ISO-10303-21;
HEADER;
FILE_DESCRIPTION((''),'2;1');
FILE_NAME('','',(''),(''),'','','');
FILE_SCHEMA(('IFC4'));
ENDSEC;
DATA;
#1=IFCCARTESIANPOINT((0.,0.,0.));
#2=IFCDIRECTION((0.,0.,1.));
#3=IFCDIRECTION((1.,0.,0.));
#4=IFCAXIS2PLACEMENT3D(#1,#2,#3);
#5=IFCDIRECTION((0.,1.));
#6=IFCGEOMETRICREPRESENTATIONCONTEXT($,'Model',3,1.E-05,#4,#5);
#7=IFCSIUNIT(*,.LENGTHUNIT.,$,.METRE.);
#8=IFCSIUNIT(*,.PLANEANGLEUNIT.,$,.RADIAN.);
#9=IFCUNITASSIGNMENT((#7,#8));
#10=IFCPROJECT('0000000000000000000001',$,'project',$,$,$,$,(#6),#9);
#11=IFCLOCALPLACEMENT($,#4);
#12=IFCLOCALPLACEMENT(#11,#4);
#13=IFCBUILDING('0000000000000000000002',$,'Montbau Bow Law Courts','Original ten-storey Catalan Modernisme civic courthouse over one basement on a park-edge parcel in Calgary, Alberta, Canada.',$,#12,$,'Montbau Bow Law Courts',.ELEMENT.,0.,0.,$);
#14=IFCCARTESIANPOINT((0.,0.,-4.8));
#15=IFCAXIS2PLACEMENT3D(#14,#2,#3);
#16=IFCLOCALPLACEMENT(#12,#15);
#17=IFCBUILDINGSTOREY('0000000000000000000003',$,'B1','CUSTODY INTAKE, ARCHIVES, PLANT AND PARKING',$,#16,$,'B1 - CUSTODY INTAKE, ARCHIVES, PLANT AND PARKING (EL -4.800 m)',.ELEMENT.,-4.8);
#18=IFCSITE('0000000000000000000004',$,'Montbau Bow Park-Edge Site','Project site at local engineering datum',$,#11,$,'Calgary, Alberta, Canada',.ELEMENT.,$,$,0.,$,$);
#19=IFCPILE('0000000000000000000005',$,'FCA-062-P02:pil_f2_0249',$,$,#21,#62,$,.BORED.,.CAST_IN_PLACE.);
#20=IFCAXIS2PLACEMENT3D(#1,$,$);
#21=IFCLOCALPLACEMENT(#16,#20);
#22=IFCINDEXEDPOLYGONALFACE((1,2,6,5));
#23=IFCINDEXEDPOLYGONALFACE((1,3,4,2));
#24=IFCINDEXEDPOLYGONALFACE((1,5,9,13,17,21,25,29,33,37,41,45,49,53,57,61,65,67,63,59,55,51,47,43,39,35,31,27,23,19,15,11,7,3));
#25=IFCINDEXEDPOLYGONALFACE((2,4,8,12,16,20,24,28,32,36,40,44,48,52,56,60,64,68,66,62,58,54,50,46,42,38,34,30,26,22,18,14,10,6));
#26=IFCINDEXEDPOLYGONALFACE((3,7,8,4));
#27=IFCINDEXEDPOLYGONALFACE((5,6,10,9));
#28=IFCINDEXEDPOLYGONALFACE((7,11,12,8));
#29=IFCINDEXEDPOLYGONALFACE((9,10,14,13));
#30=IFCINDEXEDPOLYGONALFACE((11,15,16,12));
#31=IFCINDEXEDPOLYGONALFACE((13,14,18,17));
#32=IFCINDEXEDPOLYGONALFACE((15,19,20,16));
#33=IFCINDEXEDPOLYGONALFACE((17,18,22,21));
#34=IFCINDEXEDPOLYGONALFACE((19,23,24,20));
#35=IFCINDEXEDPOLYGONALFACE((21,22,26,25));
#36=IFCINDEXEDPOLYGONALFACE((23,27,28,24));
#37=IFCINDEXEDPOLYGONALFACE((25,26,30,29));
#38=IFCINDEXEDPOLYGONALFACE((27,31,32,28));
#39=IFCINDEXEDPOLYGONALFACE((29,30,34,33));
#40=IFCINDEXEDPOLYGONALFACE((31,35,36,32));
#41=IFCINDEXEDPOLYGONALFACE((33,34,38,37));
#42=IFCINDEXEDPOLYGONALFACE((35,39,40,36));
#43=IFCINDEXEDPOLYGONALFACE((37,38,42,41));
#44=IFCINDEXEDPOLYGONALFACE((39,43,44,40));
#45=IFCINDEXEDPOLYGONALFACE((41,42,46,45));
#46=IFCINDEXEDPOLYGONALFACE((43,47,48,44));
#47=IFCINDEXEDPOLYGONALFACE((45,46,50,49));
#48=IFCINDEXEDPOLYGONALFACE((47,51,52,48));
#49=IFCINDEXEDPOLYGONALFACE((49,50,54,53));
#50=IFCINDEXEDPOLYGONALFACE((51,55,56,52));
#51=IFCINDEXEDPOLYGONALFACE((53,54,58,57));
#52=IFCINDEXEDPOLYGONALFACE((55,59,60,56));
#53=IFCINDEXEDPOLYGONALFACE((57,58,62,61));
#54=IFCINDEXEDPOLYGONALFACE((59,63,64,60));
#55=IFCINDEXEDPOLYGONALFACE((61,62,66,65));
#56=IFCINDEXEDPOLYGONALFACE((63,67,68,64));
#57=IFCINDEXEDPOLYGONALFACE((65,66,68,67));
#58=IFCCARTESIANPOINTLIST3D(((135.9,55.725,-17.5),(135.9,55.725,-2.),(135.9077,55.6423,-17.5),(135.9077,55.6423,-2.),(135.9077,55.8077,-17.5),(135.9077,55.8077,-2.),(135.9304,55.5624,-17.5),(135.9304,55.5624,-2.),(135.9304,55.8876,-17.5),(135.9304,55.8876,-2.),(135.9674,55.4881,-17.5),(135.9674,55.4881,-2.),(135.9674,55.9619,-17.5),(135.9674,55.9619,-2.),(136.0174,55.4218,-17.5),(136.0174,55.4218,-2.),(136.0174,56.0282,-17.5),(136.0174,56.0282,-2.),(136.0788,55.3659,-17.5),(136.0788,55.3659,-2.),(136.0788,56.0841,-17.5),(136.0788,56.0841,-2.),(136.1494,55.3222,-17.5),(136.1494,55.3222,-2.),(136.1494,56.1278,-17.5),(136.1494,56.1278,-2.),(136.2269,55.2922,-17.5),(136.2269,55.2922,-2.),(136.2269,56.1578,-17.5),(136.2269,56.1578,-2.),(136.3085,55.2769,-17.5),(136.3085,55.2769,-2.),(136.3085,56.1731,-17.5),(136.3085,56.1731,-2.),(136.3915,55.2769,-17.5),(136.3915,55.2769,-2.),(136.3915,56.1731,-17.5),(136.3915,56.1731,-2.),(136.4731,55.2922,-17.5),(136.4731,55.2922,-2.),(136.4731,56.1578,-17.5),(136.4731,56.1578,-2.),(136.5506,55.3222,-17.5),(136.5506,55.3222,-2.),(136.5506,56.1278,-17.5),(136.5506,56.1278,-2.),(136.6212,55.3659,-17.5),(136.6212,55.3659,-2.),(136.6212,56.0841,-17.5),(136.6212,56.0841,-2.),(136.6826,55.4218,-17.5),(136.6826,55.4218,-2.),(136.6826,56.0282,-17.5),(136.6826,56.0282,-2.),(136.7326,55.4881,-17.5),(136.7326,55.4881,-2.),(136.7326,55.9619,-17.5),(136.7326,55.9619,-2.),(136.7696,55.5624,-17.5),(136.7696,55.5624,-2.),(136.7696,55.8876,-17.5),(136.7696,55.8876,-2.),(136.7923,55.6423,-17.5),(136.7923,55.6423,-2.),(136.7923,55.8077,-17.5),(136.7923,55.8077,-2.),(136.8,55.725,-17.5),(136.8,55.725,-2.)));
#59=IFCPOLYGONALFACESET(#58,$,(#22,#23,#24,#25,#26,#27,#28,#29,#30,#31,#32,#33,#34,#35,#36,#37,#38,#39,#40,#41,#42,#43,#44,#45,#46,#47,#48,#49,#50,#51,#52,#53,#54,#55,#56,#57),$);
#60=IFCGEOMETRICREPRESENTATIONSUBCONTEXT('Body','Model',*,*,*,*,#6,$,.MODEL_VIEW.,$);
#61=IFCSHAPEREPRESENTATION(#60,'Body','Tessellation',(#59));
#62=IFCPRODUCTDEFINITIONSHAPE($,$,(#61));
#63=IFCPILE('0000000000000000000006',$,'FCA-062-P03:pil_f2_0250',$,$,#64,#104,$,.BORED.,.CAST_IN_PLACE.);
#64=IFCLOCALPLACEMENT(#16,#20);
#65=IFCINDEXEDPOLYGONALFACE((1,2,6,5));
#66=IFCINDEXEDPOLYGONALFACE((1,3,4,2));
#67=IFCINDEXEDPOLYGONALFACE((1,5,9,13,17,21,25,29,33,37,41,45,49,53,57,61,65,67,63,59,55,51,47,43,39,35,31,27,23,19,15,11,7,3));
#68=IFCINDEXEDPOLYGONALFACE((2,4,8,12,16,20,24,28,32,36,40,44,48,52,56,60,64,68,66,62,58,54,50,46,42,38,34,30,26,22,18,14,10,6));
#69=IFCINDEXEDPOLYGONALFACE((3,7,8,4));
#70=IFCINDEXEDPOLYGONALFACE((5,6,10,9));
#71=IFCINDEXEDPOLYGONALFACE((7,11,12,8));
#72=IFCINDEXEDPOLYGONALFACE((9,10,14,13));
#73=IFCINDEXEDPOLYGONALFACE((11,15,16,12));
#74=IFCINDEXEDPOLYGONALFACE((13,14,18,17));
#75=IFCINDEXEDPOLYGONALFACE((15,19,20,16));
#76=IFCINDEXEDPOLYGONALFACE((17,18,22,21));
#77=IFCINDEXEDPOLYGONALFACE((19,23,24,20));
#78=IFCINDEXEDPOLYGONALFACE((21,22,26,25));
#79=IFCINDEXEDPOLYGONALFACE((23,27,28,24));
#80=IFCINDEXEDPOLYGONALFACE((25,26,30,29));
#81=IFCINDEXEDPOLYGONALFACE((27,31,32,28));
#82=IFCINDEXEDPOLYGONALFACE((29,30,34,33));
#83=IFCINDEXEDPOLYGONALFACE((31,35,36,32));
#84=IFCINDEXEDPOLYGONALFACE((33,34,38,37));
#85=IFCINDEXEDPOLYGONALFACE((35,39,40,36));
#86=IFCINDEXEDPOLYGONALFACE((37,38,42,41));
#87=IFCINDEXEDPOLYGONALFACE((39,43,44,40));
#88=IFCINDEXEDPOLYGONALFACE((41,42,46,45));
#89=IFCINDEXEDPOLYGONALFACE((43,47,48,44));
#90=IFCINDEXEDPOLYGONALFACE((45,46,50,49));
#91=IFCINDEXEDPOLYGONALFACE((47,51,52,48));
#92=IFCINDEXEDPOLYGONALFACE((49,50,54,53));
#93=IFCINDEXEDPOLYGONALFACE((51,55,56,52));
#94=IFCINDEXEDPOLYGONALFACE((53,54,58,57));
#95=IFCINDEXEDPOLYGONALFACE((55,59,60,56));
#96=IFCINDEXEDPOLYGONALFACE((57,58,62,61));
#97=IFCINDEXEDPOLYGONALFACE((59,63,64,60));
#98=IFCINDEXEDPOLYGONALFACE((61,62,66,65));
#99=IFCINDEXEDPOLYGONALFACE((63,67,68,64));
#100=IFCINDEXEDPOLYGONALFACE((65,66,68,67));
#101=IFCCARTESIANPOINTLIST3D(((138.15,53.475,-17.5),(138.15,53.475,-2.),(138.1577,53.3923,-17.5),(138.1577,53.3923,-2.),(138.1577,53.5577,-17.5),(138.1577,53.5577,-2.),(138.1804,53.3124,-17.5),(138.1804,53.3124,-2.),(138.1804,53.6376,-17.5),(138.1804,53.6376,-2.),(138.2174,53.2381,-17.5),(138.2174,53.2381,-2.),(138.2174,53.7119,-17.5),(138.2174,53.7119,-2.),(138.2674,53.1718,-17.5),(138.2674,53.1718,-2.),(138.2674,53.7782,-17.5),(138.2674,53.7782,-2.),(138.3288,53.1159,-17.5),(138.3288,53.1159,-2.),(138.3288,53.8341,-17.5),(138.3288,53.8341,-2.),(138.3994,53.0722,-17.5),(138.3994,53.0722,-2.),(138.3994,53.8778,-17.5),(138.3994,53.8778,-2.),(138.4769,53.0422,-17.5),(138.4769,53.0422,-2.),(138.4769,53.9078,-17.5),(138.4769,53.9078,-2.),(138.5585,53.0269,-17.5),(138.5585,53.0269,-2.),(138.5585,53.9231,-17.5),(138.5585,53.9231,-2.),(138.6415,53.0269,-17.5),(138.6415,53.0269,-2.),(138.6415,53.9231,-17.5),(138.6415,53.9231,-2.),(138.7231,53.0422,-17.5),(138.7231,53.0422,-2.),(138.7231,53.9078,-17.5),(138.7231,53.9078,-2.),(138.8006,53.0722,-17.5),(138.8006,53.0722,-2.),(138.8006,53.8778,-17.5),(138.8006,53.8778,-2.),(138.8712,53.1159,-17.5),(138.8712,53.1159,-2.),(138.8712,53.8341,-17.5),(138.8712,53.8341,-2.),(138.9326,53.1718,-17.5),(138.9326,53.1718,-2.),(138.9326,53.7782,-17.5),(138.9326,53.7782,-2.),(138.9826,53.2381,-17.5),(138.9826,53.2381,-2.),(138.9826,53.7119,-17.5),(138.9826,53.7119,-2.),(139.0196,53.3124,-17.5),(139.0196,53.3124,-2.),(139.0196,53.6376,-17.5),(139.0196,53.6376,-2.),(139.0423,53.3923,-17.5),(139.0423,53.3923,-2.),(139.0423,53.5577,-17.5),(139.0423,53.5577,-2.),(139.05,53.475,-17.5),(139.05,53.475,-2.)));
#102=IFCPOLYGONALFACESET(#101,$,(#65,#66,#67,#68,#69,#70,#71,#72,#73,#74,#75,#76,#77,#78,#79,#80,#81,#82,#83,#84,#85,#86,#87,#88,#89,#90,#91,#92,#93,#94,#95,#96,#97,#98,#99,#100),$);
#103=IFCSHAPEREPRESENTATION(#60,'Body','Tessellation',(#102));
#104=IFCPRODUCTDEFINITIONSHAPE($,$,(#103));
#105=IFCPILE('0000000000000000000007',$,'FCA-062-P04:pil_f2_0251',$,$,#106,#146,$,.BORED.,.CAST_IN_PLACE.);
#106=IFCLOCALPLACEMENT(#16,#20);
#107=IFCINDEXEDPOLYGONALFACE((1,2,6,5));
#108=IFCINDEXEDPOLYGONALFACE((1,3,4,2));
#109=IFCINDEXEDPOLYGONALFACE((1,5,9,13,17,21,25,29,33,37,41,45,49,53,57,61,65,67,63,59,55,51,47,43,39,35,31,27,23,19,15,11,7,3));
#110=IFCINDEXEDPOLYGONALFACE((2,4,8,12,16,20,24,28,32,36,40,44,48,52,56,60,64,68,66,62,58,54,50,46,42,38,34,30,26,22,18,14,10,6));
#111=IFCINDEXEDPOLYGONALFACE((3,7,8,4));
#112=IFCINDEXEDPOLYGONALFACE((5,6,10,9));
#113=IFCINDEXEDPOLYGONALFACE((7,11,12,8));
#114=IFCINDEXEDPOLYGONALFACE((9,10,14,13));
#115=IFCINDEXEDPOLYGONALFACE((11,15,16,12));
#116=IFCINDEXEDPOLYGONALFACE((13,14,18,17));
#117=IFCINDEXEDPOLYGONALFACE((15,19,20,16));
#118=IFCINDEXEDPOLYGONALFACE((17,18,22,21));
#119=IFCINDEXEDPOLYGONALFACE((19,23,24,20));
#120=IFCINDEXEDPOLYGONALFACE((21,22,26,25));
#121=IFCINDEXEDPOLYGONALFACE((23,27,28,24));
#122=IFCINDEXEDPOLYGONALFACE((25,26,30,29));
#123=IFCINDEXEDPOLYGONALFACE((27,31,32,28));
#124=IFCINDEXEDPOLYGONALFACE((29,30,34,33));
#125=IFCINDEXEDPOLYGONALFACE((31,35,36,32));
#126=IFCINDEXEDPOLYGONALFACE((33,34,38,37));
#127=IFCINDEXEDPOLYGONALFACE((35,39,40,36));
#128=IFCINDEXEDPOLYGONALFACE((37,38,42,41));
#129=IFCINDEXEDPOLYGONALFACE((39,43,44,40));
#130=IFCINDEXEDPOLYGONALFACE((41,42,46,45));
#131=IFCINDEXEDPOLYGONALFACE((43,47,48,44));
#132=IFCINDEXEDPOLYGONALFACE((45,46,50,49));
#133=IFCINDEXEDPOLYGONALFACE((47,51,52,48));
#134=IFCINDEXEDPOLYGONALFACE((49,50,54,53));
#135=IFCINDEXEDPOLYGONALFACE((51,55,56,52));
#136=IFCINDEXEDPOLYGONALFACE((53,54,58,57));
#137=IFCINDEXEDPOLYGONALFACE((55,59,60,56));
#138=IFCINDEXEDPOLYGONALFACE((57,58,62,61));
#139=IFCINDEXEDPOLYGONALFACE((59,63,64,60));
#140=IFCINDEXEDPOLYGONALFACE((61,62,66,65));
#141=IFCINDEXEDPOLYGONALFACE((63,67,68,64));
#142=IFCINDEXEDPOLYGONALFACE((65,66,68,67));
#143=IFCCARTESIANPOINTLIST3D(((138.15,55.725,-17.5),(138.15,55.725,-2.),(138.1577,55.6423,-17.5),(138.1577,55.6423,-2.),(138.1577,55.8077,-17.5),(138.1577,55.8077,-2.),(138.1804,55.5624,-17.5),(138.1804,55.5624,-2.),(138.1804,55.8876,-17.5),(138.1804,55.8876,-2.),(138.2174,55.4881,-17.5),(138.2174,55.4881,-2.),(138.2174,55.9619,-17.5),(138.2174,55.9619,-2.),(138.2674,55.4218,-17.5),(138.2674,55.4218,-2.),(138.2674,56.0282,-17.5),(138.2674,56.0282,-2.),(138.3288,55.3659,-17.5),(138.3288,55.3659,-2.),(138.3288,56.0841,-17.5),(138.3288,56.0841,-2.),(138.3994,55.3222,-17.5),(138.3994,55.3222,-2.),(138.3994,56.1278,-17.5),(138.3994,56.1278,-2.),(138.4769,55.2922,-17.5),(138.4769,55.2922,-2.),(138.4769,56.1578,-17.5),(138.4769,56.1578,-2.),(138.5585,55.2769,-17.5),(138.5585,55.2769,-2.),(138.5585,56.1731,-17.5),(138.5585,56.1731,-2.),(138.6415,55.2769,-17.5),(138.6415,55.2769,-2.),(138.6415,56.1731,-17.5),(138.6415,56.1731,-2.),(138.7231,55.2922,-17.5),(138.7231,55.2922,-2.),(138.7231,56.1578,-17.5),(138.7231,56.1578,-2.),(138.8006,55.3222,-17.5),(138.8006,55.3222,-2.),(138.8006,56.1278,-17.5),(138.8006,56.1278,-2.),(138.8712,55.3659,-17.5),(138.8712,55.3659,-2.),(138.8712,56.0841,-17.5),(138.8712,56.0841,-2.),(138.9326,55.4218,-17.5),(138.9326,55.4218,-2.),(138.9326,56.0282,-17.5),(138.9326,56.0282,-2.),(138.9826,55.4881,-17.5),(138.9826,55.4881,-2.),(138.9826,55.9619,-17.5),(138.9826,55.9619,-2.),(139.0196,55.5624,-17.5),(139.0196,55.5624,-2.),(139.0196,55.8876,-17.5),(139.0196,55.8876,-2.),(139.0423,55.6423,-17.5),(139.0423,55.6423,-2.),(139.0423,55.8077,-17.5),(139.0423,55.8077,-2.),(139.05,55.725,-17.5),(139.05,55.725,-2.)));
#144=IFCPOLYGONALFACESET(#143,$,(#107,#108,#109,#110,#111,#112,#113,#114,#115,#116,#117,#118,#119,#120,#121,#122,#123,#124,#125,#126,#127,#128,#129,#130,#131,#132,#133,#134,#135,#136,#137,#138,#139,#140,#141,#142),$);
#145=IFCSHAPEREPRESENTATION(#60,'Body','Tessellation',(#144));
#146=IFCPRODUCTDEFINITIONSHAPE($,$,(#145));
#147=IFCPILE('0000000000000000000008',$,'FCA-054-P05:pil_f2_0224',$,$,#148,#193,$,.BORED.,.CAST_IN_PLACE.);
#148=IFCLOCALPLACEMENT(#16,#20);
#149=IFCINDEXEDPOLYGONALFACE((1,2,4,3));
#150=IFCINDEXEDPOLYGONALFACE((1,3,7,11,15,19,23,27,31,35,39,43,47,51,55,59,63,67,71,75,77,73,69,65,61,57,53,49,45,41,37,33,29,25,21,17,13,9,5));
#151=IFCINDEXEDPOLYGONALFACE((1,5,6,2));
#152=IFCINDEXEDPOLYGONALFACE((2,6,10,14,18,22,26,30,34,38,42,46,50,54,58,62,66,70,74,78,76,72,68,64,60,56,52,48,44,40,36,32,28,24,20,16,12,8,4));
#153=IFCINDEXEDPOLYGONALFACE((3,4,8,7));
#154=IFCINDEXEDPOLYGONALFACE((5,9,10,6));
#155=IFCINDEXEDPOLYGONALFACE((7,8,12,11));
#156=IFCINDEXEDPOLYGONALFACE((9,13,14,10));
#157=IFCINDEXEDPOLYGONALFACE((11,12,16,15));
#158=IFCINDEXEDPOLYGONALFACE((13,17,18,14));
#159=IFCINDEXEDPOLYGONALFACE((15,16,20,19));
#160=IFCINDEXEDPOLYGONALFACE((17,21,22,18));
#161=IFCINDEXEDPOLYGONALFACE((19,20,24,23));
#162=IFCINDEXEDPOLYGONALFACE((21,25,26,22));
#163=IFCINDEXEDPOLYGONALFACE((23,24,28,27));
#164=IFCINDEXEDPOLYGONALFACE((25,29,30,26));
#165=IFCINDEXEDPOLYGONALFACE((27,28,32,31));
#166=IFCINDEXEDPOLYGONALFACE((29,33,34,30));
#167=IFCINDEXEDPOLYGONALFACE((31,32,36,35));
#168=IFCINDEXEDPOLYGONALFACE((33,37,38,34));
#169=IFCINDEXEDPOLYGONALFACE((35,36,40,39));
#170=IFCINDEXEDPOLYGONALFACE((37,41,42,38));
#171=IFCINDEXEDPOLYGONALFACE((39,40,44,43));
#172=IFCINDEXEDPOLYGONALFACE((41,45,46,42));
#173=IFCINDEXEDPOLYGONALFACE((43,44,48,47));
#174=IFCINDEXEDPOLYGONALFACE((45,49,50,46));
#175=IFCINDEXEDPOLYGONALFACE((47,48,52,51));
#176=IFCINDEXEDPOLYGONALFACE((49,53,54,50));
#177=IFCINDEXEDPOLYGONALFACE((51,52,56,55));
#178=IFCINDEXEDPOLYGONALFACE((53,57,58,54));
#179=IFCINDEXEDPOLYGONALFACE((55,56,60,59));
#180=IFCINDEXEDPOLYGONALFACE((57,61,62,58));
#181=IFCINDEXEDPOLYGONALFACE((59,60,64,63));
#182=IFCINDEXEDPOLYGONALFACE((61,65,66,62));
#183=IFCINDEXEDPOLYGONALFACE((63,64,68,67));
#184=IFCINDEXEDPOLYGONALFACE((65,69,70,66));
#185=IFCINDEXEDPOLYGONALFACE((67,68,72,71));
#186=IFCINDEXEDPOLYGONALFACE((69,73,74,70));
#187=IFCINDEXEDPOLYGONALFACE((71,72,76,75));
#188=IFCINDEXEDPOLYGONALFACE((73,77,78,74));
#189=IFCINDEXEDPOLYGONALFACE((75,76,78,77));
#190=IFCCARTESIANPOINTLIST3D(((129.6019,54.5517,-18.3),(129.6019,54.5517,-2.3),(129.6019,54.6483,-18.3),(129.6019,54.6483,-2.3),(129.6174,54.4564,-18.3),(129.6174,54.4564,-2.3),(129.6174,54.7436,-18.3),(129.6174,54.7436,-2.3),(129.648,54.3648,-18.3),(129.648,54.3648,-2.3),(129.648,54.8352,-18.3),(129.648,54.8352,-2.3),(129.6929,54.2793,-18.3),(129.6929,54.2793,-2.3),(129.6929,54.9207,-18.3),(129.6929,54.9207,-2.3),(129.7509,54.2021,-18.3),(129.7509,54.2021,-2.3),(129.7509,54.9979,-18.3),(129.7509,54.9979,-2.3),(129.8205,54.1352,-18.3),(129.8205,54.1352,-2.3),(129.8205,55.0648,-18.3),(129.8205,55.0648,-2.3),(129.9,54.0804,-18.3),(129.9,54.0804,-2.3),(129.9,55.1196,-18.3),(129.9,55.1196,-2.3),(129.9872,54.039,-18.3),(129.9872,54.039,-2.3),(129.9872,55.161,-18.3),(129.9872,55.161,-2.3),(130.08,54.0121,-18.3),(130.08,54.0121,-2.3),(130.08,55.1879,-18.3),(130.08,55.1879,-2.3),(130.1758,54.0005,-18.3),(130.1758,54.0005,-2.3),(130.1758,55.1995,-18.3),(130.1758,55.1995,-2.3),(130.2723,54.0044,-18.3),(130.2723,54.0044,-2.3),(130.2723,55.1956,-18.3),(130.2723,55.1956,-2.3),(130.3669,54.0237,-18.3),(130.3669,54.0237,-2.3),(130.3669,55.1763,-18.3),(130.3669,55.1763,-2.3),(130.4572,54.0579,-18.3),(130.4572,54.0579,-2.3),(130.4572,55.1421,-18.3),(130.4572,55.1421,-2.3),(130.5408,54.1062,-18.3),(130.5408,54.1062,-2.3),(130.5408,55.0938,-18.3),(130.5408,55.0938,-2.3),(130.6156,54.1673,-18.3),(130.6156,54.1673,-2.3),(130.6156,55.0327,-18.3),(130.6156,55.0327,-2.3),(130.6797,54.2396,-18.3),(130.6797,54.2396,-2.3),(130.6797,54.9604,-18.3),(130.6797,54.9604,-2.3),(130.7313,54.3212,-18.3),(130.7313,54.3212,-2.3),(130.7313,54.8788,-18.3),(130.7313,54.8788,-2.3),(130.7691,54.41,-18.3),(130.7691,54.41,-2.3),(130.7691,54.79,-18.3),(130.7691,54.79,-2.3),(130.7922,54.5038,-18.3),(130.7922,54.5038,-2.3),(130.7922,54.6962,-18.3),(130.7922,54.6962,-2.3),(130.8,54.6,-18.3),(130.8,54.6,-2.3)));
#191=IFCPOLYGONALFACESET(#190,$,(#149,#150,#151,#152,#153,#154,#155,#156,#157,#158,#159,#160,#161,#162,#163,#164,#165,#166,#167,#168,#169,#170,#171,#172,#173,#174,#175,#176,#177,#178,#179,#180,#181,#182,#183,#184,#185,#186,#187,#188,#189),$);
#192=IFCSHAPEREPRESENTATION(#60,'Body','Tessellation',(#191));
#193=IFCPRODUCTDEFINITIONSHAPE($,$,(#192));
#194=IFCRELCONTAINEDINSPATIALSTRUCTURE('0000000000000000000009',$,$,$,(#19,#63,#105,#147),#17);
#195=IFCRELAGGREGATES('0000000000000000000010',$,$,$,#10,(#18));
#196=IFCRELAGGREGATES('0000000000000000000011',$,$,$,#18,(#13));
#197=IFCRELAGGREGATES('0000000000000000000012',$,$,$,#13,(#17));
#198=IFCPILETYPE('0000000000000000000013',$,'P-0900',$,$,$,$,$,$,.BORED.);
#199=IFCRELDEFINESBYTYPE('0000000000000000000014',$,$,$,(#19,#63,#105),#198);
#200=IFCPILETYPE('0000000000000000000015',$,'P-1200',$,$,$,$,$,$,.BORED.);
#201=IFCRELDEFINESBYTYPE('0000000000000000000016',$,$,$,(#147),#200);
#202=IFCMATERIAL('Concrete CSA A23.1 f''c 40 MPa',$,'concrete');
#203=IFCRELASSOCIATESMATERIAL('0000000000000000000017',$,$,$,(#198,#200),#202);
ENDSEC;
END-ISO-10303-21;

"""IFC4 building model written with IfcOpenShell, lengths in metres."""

from ifc_helpers import new_model, si_unit, direction, frame, origin_with_axes, origin_2d_with_axis, place, context, subcontext, project, spatial, circle, extrude, material, material_profile, profile_set, type_object, element, save


model = new_model("IFC4")

# Units and contexts
model_context = context("Model", 3, precision=1e-05, world=origin_with_axes(), true_north=direction((0.0, 1.0)))
body_context = subcontext(model_context, "Body", "Model", "MODEL_VIEW")
ifc_project = project(units=[si_unit("LENGTHUNIT", "METRE"), si_unit("PLANEANGLEUNIT", "RADIAN")], contexts=[model_context])

# Site, building, storey
site_placement = place(None, origin_with_axes())
site = spatial("IfcSite", under=ifc_project, at=site_placement, Name="Montbau Bow Park-Edge Site", Description="Project site at local engineering datum", LongName="Calgary, Alberta, Canada", CompositionType="ELEMENT", RefElevation=0.0)
building_placement = place(site_placement, origin_with_axes())
building = spatial("IfcBuilding", under=site, at=building_placement, Name="Montbau Bow Law Courts", Description="Original ten-storey Catalan Modernisme civic courthouse over one basement on a park-edge parcel in Calgary, Alberta, Canada.", LongName="Montbau Bow Law Courts", CompositionType="ELEMENT", ElevationOfRefHeight=0.0, ElevationOfTerrain=0.0)
storey_placement = place(building_placement, frame((0.0, 0.0, -4.8), z_axis=(0.0, 0.0, 1.0), x_axis=(1.0, 0.0, 0.0)))
storey = spatial("IfcBuildingStorey", under=building, at=storey_placement, Name="B1", Description="CUSTODY INTAKE, ARCHIVES, PLANT AND PARKING", LongName="B1 - CUSTODY INTAKE, ARCHIVES, PLANT AND PARKING (EL -4.800 m)", CompositionType="ELEMENT", Elevation=-4.8)

# Piles
ifc_material_1 = material(Name="Concrete CSA A23.1 f'c 40 MPa", Category="concrete")
ifc_material_profile_1 = material_profile(ifc_material_1, circle(Radius=0.45, at=origin_2d_with_axis()), Name="BP900", Category="Main", Priority=0)
ifc_profile_set_1 = profile_set([ifc_material_profile_1], Name="Concrete CSA A23.1 f'c 40 MPa")
pile_type_1 = type_object("IfcPileType", Name="P-0900", PredefinedType="BORED", material=ifc_profile_set_1)
for number, where, z_axis, x_axis, name in (
    (1, (136.35, 55.725, -22.3), (0.0, 0.0, 1.0), (1.0, 0.0, 0.0), "FCA-062-P02:pil_f2_0249"),
    (2, (138.6, 53.475, -22.3), (0.0, 0.0, 1.0), (1.0, 0.0, 0.0), "FCA-062-P03:pil_f2_0250"),
    (3, (138.6, 55.725, -22.3), (0.0, 0.0, 1.0), (1.0, 0.0, 0.0), "FCA-062-P04:pil_f2_0251"),
):
    element("IfcPile", number, at=place(None, frame(where, z_axis=z_axis, x_axis=x_axis)), inside=storey, type_object=pile_type_1, Name=name, ConstructionType="CAST_IN_PLACE", PredefinedType="BORED", context=body_context, shape_type="SweptSolid", body=[
        extrude(circle(Radius=0.45, at=origin_2d_with_axis()), origin_with_axes(), (0.0, 0.0, 1.0), 15.5),
    ])
ifc_material_profile_2 = material_profile(ifc_material_1, circle(Radius=0.6, at=origin_2d_with_axis()), Name="BP1200", Category="Main", Priority=0)
ifc_profile_set_2 = profile_set([ifc_material_profile_2], Name="Concrete CSA A23.1 f'c 40 MPa")
pile_type_2 = type_object("IfcPileType", Name="P-1200", PredefinedType="BORED", material=ifc_profile_set_2)
for number, where, z_axis, x_axis, name in (
    (4, (130.2, 54.6, -23.1), (0.0, 0.0, 1.0), (1.0, 0.0, 0.0), "FCA-054-P05:pil_f2_0224"),
):
    element("IfcPile", number, at=place(None, frame(where, z_axis=z_axis, x_axis=x_axis)), inside=storey, type_object=pile_type_2, Name=name, ConstructionType="CAST_IN_PLACE", PredefinedType="BORED", context=body_context, shape_type="SweptSolid", body=[
        extrude(circle(Radius=0.6, at=origin_2d_with_axis()), origin_with_axes(), (0.0, 0.0, 1.0), 16.0),
    ])

save(model, "model.ifc")
